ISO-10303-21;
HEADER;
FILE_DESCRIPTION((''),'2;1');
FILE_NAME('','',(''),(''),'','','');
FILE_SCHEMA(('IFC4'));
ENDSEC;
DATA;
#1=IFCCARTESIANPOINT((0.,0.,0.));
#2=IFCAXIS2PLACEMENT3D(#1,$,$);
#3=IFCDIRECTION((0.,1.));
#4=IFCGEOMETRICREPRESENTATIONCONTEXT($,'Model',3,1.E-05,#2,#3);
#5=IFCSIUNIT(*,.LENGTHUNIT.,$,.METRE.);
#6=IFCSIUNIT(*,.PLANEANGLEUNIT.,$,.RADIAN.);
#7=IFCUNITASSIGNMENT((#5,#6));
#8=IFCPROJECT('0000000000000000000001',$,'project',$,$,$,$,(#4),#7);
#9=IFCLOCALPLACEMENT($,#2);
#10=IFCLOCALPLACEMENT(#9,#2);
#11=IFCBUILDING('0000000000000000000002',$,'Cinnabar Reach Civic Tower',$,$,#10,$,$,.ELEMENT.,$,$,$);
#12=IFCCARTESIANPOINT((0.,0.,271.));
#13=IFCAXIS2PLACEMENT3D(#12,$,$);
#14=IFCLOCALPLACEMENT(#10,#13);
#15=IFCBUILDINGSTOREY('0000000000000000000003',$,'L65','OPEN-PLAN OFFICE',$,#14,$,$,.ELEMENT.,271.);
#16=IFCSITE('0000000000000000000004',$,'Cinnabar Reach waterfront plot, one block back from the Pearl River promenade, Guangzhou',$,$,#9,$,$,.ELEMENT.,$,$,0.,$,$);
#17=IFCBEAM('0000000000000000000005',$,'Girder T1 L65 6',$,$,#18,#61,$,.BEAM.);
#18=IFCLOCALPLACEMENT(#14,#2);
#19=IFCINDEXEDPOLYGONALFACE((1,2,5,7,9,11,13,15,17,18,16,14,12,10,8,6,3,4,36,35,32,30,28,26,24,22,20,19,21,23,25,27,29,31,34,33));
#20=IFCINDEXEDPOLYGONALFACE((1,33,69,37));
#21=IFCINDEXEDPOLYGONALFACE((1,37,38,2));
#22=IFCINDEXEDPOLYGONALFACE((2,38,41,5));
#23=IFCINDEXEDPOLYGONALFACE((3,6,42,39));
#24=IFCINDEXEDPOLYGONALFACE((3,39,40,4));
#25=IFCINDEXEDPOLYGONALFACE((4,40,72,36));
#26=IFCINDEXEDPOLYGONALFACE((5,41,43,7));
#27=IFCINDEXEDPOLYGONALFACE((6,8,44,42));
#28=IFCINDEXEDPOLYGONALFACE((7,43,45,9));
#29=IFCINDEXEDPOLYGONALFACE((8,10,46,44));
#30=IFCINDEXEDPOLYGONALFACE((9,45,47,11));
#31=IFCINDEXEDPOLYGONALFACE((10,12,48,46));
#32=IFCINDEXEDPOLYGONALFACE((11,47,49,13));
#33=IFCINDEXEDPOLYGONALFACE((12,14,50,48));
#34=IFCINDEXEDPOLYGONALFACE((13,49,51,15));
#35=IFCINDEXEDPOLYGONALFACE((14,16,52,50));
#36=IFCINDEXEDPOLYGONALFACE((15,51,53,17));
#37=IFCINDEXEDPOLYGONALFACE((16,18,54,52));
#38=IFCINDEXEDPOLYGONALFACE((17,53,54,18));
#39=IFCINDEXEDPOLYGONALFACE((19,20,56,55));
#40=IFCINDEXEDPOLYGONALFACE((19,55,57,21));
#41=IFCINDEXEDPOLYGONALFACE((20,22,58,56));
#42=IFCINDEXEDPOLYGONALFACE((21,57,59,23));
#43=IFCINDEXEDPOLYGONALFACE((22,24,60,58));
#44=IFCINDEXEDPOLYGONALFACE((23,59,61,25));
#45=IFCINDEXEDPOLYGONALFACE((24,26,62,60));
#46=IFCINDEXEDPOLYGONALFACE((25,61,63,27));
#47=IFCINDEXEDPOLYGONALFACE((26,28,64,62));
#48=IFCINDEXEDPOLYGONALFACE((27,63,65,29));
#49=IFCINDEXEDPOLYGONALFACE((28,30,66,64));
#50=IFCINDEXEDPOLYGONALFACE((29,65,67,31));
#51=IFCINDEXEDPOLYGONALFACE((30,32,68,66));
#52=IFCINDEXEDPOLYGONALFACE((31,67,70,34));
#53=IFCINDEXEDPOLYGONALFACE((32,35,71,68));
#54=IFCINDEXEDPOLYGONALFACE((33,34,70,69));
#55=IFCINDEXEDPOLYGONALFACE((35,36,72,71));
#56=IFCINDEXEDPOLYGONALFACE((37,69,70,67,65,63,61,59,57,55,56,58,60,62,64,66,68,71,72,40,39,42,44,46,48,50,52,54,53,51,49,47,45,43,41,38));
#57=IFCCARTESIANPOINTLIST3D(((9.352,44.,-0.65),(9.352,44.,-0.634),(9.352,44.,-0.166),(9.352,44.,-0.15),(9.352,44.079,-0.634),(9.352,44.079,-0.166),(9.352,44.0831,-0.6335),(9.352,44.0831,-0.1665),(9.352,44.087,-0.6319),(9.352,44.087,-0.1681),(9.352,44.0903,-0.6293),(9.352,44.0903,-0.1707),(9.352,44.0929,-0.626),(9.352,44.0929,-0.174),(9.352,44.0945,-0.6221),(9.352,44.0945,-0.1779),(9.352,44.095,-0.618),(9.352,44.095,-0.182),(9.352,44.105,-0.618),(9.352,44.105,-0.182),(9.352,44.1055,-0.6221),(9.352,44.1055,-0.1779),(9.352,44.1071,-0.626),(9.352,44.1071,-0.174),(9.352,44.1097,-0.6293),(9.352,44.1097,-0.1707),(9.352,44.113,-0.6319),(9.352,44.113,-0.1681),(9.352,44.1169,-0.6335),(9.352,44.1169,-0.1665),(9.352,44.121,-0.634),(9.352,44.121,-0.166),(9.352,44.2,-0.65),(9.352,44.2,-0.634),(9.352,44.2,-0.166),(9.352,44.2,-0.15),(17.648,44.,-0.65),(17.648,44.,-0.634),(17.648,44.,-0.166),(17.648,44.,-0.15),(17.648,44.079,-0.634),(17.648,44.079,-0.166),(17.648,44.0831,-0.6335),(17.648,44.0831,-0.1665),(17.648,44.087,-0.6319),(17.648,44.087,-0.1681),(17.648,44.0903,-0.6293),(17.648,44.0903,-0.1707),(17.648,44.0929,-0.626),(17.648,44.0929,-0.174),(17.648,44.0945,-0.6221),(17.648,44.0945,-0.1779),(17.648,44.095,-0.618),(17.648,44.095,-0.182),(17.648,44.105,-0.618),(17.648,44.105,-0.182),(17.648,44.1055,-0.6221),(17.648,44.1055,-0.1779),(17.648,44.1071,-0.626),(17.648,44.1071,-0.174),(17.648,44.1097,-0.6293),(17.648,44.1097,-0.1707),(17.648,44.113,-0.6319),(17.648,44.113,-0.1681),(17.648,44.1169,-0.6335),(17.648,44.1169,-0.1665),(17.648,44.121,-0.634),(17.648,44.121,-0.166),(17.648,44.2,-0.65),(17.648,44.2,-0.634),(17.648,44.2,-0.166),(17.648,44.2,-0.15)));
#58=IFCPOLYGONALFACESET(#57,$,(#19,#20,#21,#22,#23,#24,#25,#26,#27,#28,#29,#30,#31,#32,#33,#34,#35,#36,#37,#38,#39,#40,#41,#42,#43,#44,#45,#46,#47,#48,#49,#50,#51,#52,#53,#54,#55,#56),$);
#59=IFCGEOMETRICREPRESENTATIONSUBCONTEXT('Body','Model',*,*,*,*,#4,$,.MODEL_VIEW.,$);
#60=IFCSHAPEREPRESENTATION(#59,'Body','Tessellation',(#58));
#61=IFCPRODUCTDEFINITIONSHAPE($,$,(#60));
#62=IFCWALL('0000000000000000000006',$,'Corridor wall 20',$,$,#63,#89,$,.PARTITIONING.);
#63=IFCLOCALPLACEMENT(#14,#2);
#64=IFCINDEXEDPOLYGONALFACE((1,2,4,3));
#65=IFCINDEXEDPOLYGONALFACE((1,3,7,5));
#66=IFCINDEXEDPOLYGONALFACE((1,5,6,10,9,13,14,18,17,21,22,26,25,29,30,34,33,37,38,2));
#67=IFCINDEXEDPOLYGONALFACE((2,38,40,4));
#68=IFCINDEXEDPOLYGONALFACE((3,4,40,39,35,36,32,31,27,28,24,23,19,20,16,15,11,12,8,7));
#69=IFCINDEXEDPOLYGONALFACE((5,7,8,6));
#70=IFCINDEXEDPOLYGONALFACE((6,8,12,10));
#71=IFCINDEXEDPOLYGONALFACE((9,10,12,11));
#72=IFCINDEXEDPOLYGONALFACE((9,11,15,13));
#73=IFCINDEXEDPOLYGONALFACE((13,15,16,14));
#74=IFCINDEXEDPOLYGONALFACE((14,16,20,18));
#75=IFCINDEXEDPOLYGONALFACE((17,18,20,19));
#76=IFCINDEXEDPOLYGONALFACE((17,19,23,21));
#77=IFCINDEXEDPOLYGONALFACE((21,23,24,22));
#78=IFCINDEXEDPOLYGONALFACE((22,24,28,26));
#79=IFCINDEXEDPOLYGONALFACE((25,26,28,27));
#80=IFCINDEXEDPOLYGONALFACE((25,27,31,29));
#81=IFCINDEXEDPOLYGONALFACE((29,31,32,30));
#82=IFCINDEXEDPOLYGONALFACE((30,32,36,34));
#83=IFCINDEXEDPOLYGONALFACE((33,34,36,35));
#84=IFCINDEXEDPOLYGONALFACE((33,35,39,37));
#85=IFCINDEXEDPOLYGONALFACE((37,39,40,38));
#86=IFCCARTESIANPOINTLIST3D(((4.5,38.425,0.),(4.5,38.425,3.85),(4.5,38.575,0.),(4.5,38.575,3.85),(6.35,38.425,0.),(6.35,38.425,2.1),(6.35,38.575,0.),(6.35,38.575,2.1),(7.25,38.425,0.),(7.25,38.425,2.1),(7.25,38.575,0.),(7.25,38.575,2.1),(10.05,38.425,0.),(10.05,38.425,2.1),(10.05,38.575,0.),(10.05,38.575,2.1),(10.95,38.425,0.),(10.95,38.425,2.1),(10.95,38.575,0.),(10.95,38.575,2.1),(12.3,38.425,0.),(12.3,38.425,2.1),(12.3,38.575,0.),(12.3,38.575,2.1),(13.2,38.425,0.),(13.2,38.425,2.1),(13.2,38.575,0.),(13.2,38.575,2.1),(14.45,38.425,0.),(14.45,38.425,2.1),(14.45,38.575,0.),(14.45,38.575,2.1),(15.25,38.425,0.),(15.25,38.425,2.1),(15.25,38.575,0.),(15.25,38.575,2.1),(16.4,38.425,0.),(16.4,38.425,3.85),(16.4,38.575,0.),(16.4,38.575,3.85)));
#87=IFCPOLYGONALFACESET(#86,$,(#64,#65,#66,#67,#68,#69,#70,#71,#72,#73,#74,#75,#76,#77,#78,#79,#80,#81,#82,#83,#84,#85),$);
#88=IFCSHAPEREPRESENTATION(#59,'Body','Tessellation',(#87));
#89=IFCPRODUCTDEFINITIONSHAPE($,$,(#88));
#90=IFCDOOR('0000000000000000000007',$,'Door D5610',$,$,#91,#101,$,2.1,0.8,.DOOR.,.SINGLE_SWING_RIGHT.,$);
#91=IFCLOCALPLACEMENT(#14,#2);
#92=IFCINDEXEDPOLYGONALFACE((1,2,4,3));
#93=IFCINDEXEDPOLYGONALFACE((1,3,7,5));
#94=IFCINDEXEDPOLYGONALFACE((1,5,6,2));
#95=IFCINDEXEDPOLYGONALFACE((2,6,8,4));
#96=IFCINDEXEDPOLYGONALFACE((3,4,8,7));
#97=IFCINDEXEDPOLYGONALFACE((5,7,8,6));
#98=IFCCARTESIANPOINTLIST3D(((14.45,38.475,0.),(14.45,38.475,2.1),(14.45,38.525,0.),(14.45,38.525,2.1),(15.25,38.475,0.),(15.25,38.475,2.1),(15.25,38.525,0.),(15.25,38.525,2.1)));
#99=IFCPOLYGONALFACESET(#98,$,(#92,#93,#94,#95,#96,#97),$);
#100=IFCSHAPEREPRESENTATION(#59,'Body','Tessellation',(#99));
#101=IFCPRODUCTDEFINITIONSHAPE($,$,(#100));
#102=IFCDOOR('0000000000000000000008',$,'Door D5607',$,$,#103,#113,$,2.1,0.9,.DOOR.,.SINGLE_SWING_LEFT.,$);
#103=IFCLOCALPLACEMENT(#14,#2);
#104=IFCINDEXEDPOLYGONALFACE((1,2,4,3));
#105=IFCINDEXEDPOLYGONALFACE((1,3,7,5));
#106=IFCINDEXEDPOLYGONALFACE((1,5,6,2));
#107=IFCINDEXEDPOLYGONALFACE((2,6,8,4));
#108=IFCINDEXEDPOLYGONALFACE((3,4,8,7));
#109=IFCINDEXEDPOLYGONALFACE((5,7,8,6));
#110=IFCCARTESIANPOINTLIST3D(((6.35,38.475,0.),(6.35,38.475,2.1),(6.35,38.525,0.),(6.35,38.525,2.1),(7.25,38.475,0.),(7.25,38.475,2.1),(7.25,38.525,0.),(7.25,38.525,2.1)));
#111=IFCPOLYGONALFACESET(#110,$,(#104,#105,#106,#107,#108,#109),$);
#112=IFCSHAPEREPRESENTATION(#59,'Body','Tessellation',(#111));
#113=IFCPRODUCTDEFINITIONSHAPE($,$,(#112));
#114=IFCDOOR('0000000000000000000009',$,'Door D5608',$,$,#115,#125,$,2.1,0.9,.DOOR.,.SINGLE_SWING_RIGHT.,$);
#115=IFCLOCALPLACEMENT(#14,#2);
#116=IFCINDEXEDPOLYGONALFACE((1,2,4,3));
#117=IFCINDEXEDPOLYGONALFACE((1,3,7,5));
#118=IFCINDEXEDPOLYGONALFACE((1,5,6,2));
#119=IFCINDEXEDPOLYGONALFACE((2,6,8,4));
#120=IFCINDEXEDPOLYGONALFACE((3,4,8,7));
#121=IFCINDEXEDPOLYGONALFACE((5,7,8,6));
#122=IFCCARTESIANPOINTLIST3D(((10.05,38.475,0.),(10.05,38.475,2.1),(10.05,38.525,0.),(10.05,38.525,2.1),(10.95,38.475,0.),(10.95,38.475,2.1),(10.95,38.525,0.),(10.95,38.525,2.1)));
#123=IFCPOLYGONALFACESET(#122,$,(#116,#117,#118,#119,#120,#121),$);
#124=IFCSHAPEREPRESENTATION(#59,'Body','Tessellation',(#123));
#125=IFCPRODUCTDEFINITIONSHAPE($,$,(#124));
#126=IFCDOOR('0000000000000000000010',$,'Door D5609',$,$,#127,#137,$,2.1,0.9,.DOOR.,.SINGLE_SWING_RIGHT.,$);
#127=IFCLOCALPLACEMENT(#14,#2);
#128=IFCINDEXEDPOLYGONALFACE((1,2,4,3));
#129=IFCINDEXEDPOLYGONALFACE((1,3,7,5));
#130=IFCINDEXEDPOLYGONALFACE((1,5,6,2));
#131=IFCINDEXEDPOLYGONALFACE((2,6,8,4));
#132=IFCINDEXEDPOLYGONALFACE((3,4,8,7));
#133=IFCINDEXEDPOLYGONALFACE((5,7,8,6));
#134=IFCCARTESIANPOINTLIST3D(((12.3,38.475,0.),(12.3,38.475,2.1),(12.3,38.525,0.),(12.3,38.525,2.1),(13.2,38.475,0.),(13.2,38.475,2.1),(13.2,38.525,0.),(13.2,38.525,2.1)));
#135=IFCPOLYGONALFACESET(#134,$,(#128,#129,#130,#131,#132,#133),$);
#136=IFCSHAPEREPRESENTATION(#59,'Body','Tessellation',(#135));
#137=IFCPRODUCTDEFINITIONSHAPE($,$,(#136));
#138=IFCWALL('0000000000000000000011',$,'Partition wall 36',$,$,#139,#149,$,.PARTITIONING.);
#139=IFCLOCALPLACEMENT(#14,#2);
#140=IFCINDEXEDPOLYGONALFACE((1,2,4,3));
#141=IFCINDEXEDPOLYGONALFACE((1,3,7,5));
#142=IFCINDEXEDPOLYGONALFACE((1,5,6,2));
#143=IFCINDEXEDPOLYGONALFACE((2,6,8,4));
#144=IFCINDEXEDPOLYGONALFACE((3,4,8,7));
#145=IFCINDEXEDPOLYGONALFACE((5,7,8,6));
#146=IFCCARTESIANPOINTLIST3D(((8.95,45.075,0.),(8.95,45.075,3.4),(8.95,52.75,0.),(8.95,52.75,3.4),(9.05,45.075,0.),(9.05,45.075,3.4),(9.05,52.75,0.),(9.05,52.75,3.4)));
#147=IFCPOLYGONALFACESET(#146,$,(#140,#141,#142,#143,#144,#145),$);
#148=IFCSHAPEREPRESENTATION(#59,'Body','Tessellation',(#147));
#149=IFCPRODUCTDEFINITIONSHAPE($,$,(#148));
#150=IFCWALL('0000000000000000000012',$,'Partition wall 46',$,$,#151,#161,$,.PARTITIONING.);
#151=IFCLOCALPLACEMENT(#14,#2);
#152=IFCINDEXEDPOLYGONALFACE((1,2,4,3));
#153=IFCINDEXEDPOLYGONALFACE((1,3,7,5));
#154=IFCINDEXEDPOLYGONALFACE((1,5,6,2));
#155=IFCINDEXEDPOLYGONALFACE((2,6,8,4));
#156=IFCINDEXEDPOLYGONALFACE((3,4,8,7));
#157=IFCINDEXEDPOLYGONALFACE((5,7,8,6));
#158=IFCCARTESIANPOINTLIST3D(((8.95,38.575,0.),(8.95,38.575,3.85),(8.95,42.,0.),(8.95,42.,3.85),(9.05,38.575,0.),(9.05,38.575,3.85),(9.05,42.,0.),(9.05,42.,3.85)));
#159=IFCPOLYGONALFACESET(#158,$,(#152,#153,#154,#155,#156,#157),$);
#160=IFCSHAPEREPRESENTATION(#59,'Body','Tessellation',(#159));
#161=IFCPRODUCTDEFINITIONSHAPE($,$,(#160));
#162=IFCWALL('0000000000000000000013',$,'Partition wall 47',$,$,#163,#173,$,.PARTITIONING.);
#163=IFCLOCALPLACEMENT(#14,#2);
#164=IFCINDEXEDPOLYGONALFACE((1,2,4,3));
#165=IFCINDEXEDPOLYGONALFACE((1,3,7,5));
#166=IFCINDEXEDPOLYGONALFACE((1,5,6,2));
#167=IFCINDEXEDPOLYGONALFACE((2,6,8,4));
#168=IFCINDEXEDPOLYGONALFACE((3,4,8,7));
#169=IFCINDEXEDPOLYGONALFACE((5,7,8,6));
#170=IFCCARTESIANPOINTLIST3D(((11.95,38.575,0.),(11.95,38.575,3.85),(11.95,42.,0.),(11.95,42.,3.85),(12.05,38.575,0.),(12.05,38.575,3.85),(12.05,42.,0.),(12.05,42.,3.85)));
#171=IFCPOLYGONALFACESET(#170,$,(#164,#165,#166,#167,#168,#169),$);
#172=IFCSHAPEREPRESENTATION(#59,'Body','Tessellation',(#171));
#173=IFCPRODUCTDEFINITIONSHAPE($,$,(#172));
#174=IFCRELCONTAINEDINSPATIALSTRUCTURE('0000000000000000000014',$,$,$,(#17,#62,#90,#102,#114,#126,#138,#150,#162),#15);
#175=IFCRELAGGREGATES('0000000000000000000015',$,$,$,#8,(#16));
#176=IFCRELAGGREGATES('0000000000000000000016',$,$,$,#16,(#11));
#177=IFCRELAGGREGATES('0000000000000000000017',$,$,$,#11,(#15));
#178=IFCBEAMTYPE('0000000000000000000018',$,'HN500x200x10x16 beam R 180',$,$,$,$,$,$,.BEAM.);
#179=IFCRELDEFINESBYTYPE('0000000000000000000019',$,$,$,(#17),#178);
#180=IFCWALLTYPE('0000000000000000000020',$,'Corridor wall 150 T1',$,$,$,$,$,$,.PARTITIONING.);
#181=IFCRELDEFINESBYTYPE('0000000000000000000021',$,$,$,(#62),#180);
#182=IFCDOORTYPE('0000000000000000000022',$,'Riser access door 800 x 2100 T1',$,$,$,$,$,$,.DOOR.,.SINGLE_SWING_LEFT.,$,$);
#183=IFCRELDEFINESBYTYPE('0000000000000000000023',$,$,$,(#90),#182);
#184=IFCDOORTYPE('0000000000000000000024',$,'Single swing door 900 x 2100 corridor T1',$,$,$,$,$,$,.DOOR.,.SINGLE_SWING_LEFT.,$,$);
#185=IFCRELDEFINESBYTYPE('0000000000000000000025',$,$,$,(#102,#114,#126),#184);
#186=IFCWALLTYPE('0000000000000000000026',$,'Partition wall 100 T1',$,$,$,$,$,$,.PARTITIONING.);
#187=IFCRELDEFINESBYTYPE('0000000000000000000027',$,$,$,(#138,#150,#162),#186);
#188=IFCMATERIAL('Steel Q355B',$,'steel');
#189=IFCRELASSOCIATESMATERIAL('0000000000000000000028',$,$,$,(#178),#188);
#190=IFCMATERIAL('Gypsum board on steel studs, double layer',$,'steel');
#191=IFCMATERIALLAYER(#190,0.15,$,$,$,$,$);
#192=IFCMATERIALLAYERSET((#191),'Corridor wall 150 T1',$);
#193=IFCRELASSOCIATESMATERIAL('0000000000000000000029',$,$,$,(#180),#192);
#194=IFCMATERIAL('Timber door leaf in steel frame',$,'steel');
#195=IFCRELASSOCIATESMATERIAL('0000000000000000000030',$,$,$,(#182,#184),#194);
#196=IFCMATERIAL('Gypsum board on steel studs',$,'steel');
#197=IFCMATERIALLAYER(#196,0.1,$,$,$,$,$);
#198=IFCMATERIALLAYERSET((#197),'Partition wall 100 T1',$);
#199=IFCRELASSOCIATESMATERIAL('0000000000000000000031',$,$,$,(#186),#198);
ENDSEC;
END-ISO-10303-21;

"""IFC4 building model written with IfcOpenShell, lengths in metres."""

from ifc_helpers import new_model, si_unit, direction, frame, frame_2d, origin, origin_2d, place, context, subcontext, project, spatial, rectangle, i_section, extrude, material, layer, layer_set, material_profile, profile_set, type_object, element, fill, save


model = new_model("IFC4")

# Units and contexts
model_context = context("Model", 3, precision=1e-05, world=origin(), true_north=direction((0.0, 1.0)))
body_context = subcontext(model_context, "Body", "Model", "MODEL_VIEW")
ifc_project = project(units=[si_unit("LENGTHUNIT", "METRE"), si_unit("PLANEANGLEUNIT", "RADIAN")], contexts=[model_context])

# Site, building, storey
site_placement = place(None, origin())
site = spatial("IfcSite", under=ifc_project, at=site_placement, Name="Cinnabar Reach waterfront plot, one block back from the Pearl River promenade, Guangzhou", CompositionType="ELEMENT", RefElevation=0.0)
building_placement = place(site_placement, origin())
building = spatial("IfcBuilding", under=site, at=building_placement, Name="Cinnabar Reach Civic Tower", CompositionType="ELEMENT")
storey_placement = place(building_placement, frame((0.0, 0.0, 271.0)))
storey = spatial("IfcBuildingStorey", under=building, at=storey_placement, Name="L65", Description="OPEN-PLAN OFFICE", CompositionType="ELEMENT", Elevation=271.0)

# Beam
ifc_material_1 = material(Name="Steel Q355B", Category="steel")
ifc_material_profile_1 = material_profile(ifc_material_1, i_section(OverallWidth=0.2, OverallDepth=0.5, WebThickness=0.01, FlangeThickness=0.016, FilletRadius=0.016, at=origin_2d()), Name="HN500x200x10x16")
ifc_profile_set_1 = profile_set([ifc_material_profile_1], Name="Steel Q355B")
beam_type_1 = type_object("IfcBeamType", Name="HN500x200x10x16 beam R 180", PredefinedType="BEAM", material=ifc_profile_set_1)
beam_1_placement = place(storey_placement, frame((9.352, 44.1, -0.4), z_axis=(1.0, 0.0, 0.0), x_axis=(0.0, 1.0, 0.0)))
element("IfcBeam", 1, at=beam_1_placement, inside=storey, type_object=beam_type_1, Name="Girder T1 L65 6", PredefinedType="BEAM", context=body_context, shape_type="SweptSolid", body=[
    extrude(i_section(OverallWidth=0.2, OverallDepth=0.5, WebThickness=0.01, FlangeThickness=0.016, FilletRadius=0.016, at=origin_2d()), origin(), (0.0, 0.0, 1.0), 8.296),
])

# Wall, openings, doors
ifc_material_2 = material(Name="Gypsum board on steel studs, double layer", Category="steel")
ifc_layer_1 = layer(ifc_material_2, 0.15)
ifc_layer_set_1 = layer_set([ifc_layer_1], Name="Corridor wall 150 T1")
wall_type_1 = type_object("IfcWallType", Name="Corridor wall 150 T1", PredefinedType="PARTITIONING", material=ifc_layer_set_1)
wall_1_placement = place(storey_placement, frame((4.5, 38.5, 0.0), z_axis=(0.0, 0.0, 1.0), x_axis=(1.0, 0.0, 0.0)))
wall_1 = element("IfcWall", 2, at=wall_1_placement, inside=storey, type_object=wall_type_1, Name="Corridor wall 20", PredefinedType="PARTITIONING", context=body_context, shape_type="SweptSolid", body=[
    extrude(rectangle(XDim=11.9, YDim=0.15, at=frame_2d((5.95, 0.0))), origin(), (0.0, 0.0, 1.0), 3.85),
])
opening_1_placement = place(wall_1_placement, frame((1.85, 0.0, 0.0)))
opening_1 = element("IfcOpeningElement", 3, at=opening_1_placement, cuts=wall_1, PredefinedType="OPENING", context=body_context, shape_type="SweptSolid", body=[
    extrude(rectangle(XDim=0.9, YDim=2.1, at=frame_2d((0.45, 1.05))), frame((0.0, 0.085, 0.0), z_axis=(0.0, -1.0, 0.0), x_axis=(1.0, 0.0, 0.0)), (0.0, 0.0, 1.0), 0.17),
])
opening_2_placement = place(wall_1_placement, frame((5.55, 0.0, 0.0)))
opening_2 = element("IfcOpeningElement", 4, at=opening_2_placement, cuts=wall_1, PredefinedType="OPENING", context=body_context, shape_type="SweptSolid", body=[
    extrude(rectangle(XDim=0.9, YDim=2.1, at=frame_2d((0.45, 1.05))), frame((0.0, 0.085, 0.0), z_axis=(0.0, -1.0, 0.0), x_axis=(1.0, 0.0, 0.0)), (0.0, 0.0, 1.0), 0.17),
])
opening_3_placement = place(wall_1_placement, frame((7.8, 0.0, 0.0)))
opening_3 = element("IfcOpeningElement", 5, at=opening_3_placement, cuts=wall_1, PredefinedType="OPENING", context=body_context, shape_type="SweptSolid", body=[
    extrude(rectangle(XDim=0.9, YDim=2.1, at=frame_2d((0.45, 1.05))), frame((0.0, 0.085, 0.0), z_axis=(0.0, -1.0, 0.0), x_axis=(1.0, 0.0, 0.0)), (0.0, 0.0, 1.0), 0.17),
])
opening_4_placement = place(wall_1_placement, frame((9.95, 0.0, 0.0)))
opening_4 = element("IfcOpeningElement", 6, at=opening_4_placement, cuts=wall_1, PredefinedType="OPENING", context=body_context, shape_type="SweptSolid", body=[
    extrude(rectangle(XDim=0.8, YDim=2.1, at=frame_2d((0.4, 1.05))), frame((0.0, 0.085, 0.0), z_axis=(0.0, -1.0, 0.0), x_axis=(1.0, 0.0, 0.0)), (0.0, 0.0, 1.0), 0.17),
])
ifc_material_3 = material(Name="Timber door leaf in steel frame", Category="steel")
door_type_1 = type_object("IfcDoorType", Name="Riser access door 800 x 2100 T1", OperationType="SINGLE_SWING_LEFT", PredefinedType="DOOR", material=ifc_material_3)
door_1_placement = place(opening_4_placement, origin())
door_1 = element("IfcDoor", 7, at=door_1_placement, inside=storey, type_object=door_type_1, Name="Door D5610", OperationType="SINGLE_SWING_RIGHT", OverallHeight=2.1, OverallWidth=0.8, PredefinedType="DOOR", context=body_context, shape_type="SweptSolid", body=[
    extrude(rectangle(XDim=0.8, YDim=2.1, at=frame_2d((0.4, 1.05))), frame((0.0, 0.025, 0.0), z_axis=(0.0, -1.0, 0.0), x_axis=(1.0, 0.0, 0.0)), (0.0, 0.0, 1.0), 0.05),
])
fill(opening_4, door_1)
door_type_2 = type_object("IfcDoorType", Name="Single swing door 900 x 2100 corridor T1", OperationType="SINGLE_SWING_LEFT", PredefinedType="DOOR", material=ifc_material_3)
door_2_placement = place(opening_1_placement, origin())
door_2 = element("IfcDoor", 8, at=door_2_placement, inside=storey, type_object=door_type_2, Name="Door D5607", OperationType="SINGLE_SWING_LEFT", OverallHeight=2.1, OverallWidth=0.9, PredefinedType="DOOR", context=body_context, shape_type="SweptSolid", body=[
    extrude(rectangle(XDim=0.9, YDim=2.1, at=frame_2d((0.45, 1.05))), frame((0.0, 0.025, 0.0), z_axis=(0.0, -1.0, 0.0), x_axis=(1.0, 0.0, 0.0)), (0.0, 0.0, 1.0), 0.05),
])
fill(opening_1, door_2)
door_3_placement = place(opening_2_placement, origin())
door_3 = element("IfcDoor", 9, at=door_3_placement, inside=storey, type_object=door_type_2, Name="Door D5608", OperationType="SINGLE_SWING_RIGHT", OverallHeight=2.1, OverallWidth=0.9, PredefinedType="DOOR", context=body_context, shape_type="SweptSolid", body=[
    extrude(rectangle(XDim=0.9, YDim=2.1, at=frame_2d((0.45, 1.05))), frame((0.0, 0.025, 0.0), z_axis=(0.0, -1.0, 0.0), x_axis=(1.0, 0.0, 0.0)), (0.0, 0.0, 1.0), 0.05),
])
fill(opening_2, door_3)
door_4_placement = place(opening_3_placement, origin())
door_4 = element("IfcDoor", 10, at=door_4_placement, inside=storey, type_object=door_type_2, Name="Door D5609", OperationType="SINGLE_SWING_RIGHT", OverallHeight=2.1, OverallWidth=0.9, PredefinedType="DOOR", context=body_context, shape_type="SweptSolid", body=[
    extrude(rectangle(XDim=0.9, YDim=2.1, at=frame_2d((0.45, 1.05))), frame((0.0, 0.025, 0.0), z_axis=(0.0, -1.0, 0.0), x_axis=(1.0, 0.0, 0.0)), (0.0, 0.0, 1.0), 0.05),
])
fill(opening_3, door_4)

# Walls
ifc_material_4 = material(Name="Gypsum board on steel studs", Category="steel")
ifc_layer_2 = layer(ifc_material_4, 0.1)
ifc_layer_set_2 = layer_set([ifc_layer_2], Name="Partition wall 100 T1")
wall_type_2 = type_object("IfcWallType", Name="Partition wall 100 T1", PredefinedType="PARTITIONING", material=ifc_layer_set_2)
wall_2_placement = place(storey_placement, frame((9.0, 45.075, 0.0), z_axis=(0.0, 0.0, 1.0), x_axis=(0.0, 1.0, 0.0)))
element("IfcWall", 11, at=wall_2_placement, inside=storey, type_object=wall_type_2, Name="Partition wall 36", PredefinedType="PARTITIONING", context=body_context, shape_type="SweptSolid", body=[
    extrude(rectangle(XDim=7.675, YDim=0.1, at=frame_2d((3.8375, 0.0))), origin(), (0.0, 0.0, 1.0), 3.4),
])
for number, where, z_axis, x_axis, name in (
    (12, (9.0, 38.575, 0.0), (0.0, 0.0, 1.0), (0.0, 1.0, 0.0), "Partition wall 46"),
    (13, (12.0, 38.575, 0.0), (0.0, 0.0, 1.0), (0.0, 1.0, 0.0), "Partition wall 47"),
):
    element("IfcWall", number, at=place(storey_placement, frame(where, z_axis=z_axis, x_axis=x_axis)), inside=storey, type_object=wall_type_2, Name=name, PredefinedType="PARTITIONING", context=body_context, shape_type="SweptSolid", body=[
        extrude(rectangle(XDim=3.425, YDim=0.1, at=frame_2d((1.7125, 0.0))), origin(), (0.0, 0.0, 1.0), 3.85),
    ])

save(model, "model.ifc")
